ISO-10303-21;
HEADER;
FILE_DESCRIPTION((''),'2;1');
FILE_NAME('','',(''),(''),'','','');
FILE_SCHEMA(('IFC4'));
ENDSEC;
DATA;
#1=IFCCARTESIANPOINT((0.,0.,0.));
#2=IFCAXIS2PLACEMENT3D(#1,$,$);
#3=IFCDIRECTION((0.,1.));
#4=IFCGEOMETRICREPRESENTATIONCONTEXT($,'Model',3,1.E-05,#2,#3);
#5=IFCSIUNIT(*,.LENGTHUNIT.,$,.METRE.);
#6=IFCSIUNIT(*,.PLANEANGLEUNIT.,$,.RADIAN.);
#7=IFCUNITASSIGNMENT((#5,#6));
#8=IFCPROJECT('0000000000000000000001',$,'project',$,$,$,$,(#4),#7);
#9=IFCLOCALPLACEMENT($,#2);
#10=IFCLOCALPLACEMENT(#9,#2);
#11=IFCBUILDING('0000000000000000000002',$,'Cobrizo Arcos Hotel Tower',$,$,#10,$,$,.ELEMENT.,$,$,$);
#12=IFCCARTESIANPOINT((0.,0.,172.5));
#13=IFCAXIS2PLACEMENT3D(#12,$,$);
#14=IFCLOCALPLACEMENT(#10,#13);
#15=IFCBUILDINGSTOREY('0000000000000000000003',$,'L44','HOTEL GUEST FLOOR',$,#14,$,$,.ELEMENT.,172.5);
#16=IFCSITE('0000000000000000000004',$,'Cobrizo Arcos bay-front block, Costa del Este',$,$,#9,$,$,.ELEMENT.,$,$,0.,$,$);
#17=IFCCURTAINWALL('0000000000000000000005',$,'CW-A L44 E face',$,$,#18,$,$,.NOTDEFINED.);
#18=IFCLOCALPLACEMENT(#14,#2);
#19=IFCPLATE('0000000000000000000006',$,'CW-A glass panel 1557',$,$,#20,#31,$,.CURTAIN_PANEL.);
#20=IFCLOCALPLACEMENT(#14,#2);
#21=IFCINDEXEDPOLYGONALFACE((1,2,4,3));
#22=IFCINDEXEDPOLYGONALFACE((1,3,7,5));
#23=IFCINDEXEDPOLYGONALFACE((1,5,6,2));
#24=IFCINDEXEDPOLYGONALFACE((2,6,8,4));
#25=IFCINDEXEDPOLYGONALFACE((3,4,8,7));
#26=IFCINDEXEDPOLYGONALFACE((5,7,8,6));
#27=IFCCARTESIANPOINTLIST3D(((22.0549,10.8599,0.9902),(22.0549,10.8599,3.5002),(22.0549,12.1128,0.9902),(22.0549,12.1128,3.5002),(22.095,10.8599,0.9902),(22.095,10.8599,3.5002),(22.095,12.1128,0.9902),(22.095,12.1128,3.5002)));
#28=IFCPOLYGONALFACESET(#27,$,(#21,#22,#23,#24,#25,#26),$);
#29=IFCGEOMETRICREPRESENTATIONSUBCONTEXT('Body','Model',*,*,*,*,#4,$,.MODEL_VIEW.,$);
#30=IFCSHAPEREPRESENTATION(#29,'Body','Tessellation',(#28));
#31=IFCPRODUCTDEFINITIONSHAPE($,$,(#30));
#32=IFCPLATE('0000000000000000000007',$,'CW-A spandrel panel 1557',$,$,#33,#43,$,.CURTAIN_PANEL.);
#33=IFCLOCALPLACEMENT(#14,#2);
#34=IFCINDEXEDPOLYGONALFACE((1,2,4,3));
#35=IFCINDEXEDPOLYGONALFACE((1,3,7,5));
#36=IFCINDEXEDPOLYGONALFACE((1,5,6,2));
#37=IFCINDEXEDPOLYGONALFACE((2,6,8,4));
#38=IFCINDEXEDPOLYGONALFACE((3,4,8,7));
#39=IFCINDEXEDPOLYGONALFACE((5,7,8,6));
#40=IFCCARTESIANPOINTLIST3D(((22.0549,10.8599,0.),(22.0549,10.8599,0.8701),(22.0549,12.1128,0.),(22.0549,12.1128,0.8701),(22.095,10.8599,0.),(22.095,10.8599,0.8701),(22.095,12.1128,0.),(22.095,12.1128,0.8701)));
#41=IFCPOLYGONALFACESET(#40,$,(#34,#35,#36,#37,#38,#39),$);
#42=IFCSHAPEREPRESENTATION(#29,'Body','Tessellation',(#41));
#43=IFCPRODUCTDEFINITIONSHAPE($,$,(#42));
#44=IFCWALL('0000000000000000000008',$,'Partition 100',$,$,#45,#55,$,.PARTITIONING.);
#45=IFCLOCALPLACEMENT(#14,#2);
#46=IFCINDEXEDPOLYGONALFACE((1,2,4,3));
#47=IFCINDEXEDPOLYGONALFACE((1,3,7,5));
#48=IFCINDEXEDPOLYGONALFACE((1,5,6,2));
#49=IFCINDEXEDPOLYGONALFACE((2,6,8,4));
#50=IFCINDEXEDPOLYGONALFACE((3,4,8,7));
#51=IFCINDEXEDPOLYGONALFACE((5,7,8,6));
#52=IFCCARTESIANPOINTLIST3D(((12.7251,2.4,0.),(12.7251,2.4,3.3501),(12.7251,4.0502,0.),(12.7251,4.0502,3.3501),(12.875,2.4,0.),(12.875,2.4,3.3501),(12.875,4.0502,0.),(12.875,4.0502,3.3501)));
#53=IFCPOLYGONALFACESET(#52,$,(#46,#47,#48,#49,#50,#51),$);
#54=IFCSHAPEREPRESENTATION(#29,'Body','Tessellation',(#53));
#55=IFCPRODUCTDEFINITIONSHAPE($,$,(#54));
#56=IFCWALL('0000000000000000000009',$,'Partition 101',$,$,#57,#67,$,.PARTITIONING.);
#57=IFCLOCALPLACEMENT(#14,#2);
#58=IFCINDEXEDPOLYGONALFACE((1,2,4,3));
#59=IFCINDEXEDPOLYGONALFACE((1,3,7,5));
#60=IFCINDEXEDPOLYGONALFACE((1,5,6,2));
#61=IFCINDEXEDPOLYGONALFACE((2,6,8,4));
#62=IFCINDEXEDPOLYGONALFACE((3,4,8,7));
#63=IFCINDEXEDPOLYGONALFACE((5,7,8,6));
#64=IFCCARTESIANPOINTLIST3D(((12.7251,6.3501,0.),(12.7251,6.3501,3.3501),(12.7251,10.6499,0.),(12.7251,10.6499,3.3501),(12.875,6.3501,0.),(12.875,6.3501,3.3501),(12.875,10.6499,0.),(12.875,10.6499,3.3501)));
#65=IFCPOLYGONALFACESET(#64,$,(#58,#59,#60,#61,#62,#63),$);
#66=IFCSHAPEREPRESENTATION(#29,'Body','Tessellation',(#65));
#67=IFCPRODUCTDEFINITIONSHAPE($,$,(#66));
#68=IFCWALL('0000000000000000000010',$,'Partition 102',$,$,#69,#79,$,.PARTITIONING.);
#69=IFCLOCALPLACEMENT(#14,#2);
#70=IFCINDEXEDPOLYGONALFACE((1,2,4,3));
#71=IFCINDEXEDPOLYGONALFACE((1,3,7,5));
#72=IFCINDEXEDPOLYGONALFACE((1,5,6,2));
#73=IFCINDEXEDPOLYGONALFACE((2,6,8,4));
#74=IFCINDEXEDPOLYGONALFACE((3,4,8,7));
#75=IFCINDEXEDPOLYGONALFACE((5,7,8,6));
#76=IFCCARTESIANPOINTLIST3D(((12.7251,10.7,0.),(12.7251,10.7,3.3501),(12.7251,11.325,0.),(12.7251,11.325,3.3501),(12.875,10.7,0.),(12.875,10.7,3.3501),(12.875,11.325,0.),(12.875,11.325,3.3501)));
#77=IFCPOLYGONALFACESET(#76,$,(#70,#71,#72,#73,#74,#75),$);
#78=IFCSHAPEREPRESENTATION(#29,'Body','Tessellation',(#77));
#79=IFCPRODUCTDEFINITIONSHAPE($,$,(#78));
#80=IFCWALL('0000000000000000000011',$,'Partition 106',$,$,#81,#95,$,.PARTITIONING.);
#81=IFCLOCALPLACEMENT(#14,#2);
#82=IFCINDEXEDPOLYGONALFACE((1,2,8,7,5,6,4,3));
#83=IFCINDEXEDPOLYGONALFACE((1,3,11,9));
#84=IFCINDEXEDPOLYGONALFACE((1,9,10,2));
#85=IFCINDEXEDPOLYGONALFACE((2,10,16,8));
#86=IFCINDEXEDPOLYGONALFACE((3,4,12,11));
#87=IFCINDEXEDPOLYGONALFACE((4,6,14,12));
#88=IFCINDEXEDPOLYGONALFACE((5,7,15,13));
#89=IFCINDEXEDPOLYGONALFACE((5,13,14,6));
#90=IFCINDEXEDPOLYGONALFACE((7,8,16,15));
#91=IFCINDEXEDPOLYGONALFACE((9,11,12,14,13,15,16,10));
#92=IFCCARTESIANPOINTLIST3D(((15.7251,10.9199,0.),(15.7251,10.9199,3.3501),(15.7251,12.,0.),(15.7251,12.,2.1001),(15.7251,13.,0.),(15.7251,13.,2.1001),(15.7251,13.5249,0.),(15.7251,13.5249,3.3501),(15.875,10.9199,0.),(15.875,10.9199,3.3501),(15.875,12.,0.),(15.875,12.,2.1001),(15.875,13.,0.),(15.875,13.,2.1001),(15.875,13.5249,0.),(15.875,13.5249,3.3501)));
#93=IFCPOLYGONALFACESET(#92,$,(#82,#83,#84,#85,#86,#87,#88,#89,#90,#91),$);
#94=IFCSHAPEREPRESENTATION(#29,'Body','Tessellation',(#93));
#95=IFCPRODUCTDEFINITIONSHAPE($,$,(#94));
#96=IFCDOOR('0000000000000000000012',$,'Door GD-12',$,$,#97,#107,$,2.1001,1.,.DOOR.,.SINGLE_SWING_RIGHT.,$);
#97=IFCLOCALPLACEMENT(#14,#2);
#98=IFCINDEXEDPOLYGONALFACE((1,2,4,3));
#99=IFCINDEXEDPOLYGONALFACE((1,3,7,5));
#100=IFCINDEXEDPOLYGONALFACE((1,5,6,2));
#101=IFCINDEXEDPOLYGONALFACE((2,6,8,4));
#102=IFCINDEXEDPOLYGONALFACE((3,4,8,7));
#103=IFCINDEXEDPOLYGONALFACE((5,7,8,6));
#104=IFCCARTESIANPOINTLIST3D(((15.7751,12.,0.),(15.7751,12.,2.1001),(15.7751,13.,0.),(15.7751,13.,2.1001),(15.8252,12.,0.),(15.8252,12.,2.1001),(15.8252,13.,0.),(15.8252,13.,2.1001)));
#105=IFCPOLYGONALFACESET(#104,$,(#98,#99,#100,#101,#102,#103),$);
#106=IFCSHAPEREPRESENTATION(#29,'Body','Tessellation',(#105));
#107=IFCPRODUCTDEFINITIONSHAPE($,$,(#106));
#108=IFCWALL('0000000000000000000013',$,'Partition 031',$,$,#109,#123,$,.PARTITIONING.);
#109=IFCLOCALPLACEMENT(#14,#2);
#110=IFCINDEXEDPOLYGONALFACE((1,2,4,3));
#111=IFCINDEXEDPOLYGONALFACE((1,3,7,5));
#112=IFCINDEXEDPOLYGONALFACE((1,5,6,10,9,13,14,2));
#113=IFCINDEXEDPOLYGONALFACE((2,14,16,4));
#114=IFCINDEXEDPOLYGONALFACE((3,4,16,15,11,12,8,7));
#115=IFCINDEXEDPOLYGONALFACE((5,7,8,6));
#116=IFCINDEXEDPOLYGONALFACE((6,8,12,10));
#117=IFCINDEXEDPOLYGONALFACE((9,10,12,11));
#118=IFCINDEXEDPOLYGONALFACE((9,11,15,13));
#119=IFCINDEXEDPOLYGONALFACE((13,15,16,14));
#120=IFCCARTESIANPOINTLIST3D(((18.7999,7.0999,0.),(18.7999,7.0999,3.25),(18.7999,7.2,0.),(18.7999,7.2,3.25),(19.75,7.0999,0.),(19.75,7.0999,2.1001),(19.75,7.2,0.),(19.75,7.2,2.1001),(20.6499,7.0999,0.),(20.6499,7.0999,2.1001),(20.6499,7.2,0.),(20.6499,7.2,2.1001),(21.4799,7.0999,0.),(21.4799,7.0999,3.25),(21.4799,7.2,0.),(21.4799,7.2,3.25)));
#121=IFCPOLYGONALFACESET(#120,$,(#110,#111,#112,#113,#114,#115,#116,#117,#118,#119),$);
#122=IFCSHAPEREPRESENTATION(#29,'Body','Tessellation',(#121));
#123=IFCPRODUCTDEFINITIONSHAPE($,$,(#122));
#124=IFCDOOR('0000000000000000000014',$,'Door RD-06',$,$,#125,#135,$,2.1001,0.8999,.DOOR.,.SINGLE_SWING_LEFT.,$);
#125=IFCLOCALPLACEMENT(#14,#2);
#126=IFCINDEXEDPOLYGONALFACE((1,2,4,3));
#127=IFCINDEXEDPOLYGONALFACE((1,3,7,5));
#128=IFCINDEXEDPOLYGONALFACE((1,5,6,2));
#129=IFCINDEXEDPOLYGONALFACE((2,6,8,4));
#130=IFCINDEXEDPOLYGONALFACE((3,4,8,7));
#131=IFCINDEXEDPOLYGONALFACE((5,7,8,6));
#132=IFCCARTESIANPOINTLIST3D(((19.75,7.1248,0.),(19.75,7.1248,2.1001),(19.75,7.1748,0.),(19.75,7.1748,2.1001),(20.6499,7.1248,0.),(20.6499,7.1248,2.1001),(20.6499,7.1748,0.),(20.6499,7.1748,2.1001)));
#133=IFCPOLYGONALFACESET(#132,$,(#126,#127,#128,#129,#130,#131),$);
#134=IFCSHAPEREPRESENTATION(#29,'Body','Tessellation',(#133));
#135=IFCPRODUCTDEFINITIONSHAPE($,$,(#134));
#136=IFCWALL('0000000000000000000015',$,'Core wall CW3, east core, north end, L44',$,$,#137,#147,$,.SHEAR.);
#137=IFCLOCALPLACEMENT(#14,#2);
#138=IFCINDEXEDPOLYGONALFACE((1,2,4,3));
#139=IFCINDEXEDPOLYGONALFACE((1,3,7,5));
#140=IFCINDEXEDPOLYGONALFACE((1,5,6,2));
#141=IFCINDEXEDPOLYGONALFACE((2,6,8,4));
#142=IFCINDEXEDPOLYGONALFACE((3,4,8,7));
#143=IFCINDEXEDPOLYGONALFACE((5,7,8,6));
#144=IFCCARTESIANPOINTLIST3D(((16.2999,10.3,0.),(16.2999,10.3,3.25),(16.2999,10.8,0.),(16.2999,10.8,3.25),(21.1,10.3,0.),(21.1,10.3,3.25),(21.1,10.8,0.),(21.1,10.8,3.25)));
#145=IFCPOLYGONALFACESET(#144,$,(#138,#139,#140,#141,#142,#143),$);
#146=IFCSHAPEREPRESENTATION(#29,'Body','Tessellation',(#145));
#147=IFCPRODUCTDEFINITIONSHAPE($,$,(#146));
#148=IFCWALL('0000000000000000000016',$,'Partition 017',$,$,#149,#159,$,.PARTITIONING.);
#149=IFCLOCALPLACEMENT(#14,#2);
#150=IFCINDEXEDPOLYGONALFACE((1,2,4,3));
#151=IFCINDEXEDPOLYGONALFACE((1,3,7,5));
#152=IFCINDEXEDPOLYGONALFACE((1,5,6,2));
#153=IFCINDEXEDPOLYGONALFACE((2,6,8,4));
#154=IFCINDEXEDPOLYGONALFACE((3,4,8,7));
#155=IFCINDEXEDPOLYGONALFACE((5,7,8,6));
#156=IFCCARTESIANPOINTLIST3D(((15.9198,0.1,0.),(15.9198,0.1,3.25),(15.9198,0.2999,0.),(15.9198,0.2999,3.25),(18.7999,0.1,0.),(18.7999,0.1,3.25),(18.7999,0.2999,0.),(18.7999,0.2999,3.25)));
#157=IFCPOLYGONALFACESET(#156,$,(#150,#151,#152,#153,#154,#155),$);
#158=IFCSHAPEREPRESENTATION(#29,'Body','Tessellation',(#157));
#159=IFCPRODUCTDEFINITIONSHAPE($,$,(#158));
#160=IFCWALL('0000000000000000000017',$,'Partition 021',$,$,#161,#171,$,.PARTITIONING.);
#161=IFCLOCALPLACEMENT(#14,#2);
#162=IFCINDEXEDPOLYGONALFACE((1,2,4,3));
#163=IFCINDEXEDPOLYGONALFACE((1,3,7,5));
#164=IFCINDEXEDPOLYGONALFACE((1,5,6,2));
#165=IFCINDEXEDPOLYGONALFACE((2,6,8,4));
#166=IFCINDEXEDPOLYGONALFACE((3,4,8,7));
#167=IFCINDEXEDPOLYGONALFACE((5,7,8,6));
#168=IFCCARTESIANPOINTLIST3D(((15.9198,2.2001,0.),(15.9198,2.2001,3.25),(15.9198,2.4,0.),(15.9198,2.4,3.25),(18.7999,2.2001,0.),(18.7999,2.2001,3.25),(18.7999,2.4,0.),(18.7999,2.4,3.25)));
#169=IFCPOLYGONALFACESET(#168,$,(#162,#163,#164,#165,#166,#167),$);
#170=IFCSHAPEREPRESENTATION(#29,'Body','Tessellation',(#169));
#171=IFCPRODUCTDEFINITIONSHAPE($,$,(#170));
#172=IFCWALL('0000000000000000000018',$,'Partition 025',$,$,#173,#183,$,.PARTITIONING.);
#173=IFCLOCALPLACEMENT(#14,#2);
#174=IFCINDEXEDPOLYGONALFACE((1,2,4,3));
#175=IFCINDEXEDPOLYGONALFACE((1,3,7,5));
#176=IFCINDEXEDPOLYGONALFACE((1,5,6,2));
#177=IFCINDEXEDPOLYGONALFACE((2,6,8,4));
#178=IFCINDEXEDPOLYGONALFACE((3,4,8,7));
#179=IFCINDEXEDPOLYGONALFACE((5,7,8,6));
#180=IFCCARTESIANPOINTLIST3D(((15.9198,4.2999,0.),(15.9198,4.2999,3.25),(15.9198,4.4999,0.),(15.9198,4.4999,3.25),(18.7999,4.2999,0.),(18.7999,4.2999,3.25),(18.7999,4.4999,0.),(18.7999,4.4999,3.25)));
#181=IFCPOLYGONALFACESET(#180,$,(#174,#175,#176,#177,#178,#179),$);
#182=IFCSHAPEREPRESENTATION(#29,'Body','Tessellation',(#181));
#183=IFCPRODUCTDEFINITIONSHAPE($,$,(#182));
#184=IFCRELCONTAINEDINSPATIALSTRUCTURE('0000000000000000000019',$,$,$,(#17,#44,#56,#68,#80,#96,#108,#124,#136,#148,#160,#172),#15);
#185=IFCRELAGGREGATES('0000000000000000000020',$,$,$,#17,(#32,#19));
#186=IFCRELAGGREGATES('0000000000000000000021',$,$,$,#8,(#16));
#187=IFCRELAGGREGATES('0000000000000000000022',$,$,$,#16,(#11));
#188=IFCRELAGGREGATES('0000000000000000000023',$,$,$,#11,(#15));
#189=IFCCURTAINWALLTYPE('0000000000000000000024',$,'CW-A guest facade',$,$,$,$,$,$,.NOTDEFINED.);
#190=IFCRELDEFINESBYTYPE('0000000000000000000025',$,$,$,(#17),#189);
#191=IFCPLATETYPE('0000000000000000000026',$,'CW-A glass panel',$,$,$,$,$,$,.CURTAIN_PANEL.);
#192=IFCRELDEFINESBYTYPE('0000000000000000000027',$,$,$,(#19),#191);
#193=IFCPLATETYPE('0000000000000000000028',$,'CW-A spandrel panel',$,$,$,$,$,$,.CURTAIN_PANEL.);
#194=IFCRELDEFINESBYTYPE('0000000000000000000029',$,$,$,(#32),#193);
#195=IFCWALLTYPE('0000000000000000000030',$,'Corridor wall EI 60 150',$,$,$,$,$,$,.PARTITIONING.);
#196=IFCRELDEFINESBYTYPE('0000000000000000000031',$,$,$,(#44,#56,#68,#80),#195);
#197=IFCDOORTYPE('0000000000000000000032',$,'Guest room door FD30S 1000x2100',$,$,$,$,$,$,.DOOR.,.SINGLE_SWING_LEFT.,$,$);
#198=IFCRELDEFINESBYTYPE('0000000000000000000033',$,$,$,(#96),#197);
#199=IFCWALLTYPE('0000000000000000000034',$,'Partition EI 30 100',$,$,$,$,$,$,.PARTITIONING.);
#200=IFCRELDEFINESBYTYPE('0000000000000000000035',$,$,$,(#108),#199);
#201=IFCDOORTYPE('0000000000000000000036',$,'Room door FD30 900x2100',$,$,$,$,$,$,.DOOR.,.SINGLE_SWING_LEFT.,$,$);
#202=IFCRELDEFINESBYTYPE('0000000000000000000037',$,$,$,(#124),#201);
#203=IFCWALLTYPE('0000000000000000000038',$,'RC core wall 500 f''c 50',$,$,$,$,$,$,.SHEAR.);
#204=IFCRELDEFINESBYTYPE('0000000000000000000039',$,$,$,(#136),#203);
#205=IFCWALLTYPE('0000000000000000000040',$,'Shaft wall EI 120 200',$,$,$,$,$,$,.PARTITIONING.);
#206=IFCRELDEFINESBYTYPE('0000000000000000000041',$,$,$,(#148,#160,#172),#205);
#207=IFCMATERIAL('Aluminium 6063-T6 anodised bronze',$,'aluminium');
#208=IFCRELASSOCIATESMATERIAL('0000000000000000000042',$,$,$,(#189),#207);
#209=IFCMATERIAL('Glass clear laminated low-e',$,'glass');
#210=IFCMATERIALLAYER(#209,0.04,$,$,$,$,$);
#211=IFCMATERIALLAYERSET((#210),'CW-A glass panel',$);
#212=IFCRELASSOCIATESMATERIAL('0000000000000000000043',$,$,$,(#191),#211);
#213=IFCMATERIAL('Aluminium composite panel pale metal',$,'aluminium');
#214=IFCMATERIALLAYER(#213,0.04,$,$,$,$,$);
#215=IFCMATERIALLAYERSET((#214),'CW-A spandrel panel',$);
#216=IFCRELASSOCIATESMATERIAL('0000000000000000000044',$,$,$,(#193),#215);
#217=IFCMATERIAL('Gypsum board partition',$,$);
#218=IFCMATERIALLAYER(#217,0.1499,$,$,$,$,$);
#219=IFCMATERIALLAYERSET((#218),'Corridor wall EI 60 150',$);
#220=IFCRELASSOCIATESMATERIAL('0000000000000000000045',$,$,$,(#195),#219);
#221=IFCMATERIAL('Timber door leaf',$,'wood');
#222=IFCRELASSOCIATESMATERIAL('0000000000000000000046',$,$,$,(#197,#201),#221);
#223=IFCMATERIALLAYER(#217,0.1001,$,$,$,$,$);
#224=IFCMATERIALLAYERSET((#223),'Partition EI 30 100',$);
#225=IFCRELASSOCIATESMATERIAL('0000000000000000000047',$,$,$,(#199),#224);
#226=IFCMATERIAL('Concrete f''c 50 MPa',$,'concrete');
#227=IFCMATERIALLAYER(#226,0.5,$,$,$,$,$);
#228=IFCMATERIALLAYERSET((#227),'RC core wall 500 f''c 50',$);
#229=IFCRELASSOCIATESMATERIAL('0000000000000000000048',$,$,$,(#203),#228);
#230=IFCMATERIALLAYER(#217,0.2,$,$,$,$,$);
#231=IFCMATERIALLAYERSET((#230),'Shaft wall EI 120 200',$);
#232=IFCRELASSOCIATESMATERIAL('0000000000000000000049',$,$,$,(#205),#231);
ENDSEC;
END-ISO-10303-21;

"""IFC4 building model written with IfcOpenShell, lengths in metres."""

from ifc_helpers import new_model, si_unit, direction, frame, frame_2d, origin, origin_2d, place, context, subcontext, project, spatial, rectangle, extrude, material, layer, layer_set, type_object, element, fill, aggregate, save


model = new_model("IFC4")

# Units and contexts
model_context = context("Model", 3, precision=1e-05, world=origin(), true_north=direction((0.0, 1.0)))
body_context = subcontext(model_context, "Body", "Model", "MODEL_VIEW")
ifc_project = project(units=[si_unit("LENGTHUNIT", "METRE"), si_unit("PLANEANGLEUNIT", "RADIAN")], contexts=[model_context])

# Site, building, storey
site_placement = place(None, origin())
site = spatial("IfcSite", under=ifc_project, at=site_placement, Name="Cobrizo Arcos bay-front block, Costa del Este", CompositionType="ELEMENT", RefElevation=0.0)
building_placement = place(site_placement, origin())
building = spatial("IfcBuilding", under=site, at=building_placement, Name="Cobrizo Arcos Hotel Tower", CompositionType="ELEMENT")
storey_placement = place(building_placement, frame((0.0, 0.0, 172.5)))
storey = spatial("IfcBuildingStorey", under=building, at=storey_placement, Name="L44", Description="HOTEL GUEST FLOOR", CompositionType="ELEMENT", Elevation=172.5)

# Curtain wall
ifc_material_1 = material(Name="Aluminium 6063-T6 anodised bronze", Category="aluminium")
curtain_wall_type = type_object("IfcCurtainWallType", Name="CW-A guest facade", PredefinedType="NOTDEFINED", material=ifc_material_1)
curtain_wall_placement = place(storey_placement, origin())
curtain_wall = element("IfcCurtainWall", 1, at=curtain_wall_placement, inside=storey, type_object=curtain_wall_type, Name="CW-A L44 E face", PredefinedType="NOTDEFINED")

# Plates
ifc_material_2 = material(Name="Glass clear laminated low-e", Category="glass")
ifc_layer_1 = layer(ifc_material_2, 0.04)
ifc_layer_set_1 = layer_set([ifc_layer_1], Name="CW-A glass panel")
plate_type_1 = type_object("IfcPlateType", Name="CW-A glass panel", PredefinedType="CURTAIN_PANEL", material=ifc_layer_set_1)
plate_1_placement = place(storey_placement, frame((22.075, 11.4863, 0.9902), z_axis=(0.0, 0.0, 1.0), x_axis=(0.0, 1.0, 0.0)))
plate_1 = element("IfcPlate", 2, at=plate_1_placement, type_object=plate_type_1, Name="CW-A glass panel 1557", PredefinedType="CURTAIN_PANEL", context=body_context, shape_type="SweptSolid", body=[
    extrude(rectangle(XDim=1.2529, YDim=0.04, at=origin_2d()), origin(), (0.0, 0.0, 1.0), 2.51),
])
ifc_material_3 = material(Name="Aluminium composite panel pale metal", Category="aluminium")
ifc_layer_2 = layer(ifc_material_3, 0.04)
ifc_layer_set_2 = layer_set([ifc_layer_2], Name="CW-A spandrel panel")
plate_type_2 = type_object("IfcPlateType", Name="CW-A spandrel panel", PredefinedType="CURTAIN_PANEL", material=ifc_layer_set_2)
plate_2_placement = place(storey_placement, frame((22.075, 11.4863, 0.0), z_axis=(0.0, 0.0, 1.0), x_axis=(0.0, 1.0, 0.0)))
plate_2 = element("IfcPlate", 3, at=plate_2_placement, type_object=plate_type_2, Name="CW-A spandrel panel 1557", PredefinedType="CURTAIN_PANEL", context=body_context, shape_type="SweptSolid", body=[
    extrude(rectangle(XDim=1.2529, YDim=0.04, at=origin_2d()), origin(), (0.0, 0.0, 1.0), 0.8701),
])
aggregate(curtain_wall, [plate_2, plate_1])

# Walls
ifc_material_4 = material(Name="Gypsum board partition")
ifc_layer_3 = layer(ifc_material_4, 0.1499)
ifc_layer_set_3 = layer_set([ifc_layer_3], Name="Corridor wall EI 60 150")
wall_type_1 = type_object("IfcWallType", Name="Corridor wall EI 60 150", PredefinedType="PARTITIONING", material=ifc_layer_set_3)
wall_1_placement = place(storey_placement, frame((12.8, 2.3999, 0.0), z_axis=(0.0, 0.0, 1.0), x_axis=(0.0, 1.0, 0.0)))
element("IfcWall", 4, at=wall_1_placement, inside=storey, type_object=wall_type_1, Name="Partition 100", PredefinedType="PARTITIONING", context=body_context, shape_type="SweptSolid", body=[
    extrude(rectangle(XDim=1.6501, YDim=0.1499, at=frame_2d((0.8252, 0.0))), origin(), (0.0, 0.0, 1.0), 3.3501),
])
wall_2_placement = place(storey_placement, frame((12.8, 6.3501, 0.0), z_axis=(0.0, 0.0, 1.0), x_axis=(0.0, 1.0, 0.0)))
element("IfcWall", 5, at=wall_2_placement, inside=storey, type_object=wall_type_1, Name="Partition 101", PredefinedType="PARTITIONING", context=body_context, shape_type="SweptSolid", body=[
    extrude(rectangle(XDim=4.2998, YDim=0.1499, at=frame_2d((2.1499, 0.0))), origin(), (0.0, 0.0, 1.0), 3.3501),
])
wall_3_placement = place(storey_placement, frame((12.8, 10.7, 0.0), z_axis=(0.0, 0.0, 1.0), x_axis=(0.0, 1.0, 0.0)))
element("IfcWall", 6, at=wall_3_placement, inside=storey, type_object=wall_type_1, Name="Partition 102", PredefinedType="PARTITIONING", context=body_context, shape_type="SweptSolid", body=[
    extrude(rectangle(XDim=0.625, YDim=0.1499, at=frame_2d((0.3125, 0.0))), origin(), (0.0, 0.0, 1.0), 3.3501),
])

# Walls, openings, doors
wall_4_placement = place(storey_placement, frame((15.8, 10.9199, 0.0), z_axis=(0.0, 0.0, 1.0), x_axis=(0.0, 1.0, 0.0)))
wall_4 = element("IfcWall", 7, at=wall_4_placement, inside=storey, type_object=wall_type_1, Name="Partition 106", PredefinedType="PARTITIONING", context=body_context, shape_type="SweptSolid", body=[
    extrude(rectangle(XDim=2.605, YDim=0.1499, at=frame_2d((1.3025, 0.0))), origin(), (0.0, 0.0, 1.0), 3.3501),
])
opening_1_placement = place(wall_4_placement, frame((1.0801, 0.0, 0.0)))
opening_1 = element("IfcOpeningElement", 8, at=opening_1_placement, cuts=wall_4, PredefinedType="OPENING", context=body_context, shape_type="SweptSolid", body=[
    extrude(rectangle(XDim=1.0, YDim=2.1001, at=frame_2d((0.5, 1.05))), frame((0.0, 0.0869, 0.0), z_axis=(0.0, -1.0, 0.0), x_axis=(1.0, 0.0, 0.0)), (0.0, 0.0, 1.0), 0.1738),
])
ifc_material_5 = material(Name="Timber door leaf", Category="wood")
door_type_1 = type_object("IfcDoorType", Name="Guest room door FD30S 1000x2100", OperationType="SINGLE_SWING_LEFT", PredefinedType="DOOR", material=ifc_material_5)
door_1_placement = place(opening_1_placement, origin())
door_1 = element("IfcDoor", 9, at=door_1_placement, inside=storey, type_object=door_type_1, Name="Door GD-12", OperationType="SINGLE_SWING_RIGHT", OverallHeight=2.1001, OverallWidth=1.0, PredefinedType="DOOR", context=body_context, shape_type="SweptSolid", body=[
    extrude(rectangle(XDim=1.0, YDim=2.1001, at=frame_2d((0.5, 1.05))), frame((0.0, 0.0249, 0.0), z_axis=(0.0, -1.0, 0.0), x_axis=(1.0, 0.0, 0.0)), (0.0, 0.0, 1.0), 0.05),
])
fill(opening_1, door_1)
ifc_layer_4 = layer(ifc_material_4, 0.1001)
ifc_layer_set_4 = layer_set([ifc_layer_4], Name="Partition EI 30 100")
wall_type_2 = type_object("IfcWallType", Name="Partition EI 30 100", PredefinedType="PARTITIONING", material=ifc_layer_set_4)
wall_5_placement = place(storey_placement, frame((18.8, 7.1499, 0.0), z_axis=(0.0, 0.0, 1.0), x_axis=(1.0, 0.0, 0.0)))
wall_5 = element("IfcWall", 10, at=wall_5_placement, inside=storey, type_object=wall_type_2, Name="Partition 031", PredefinedType="PARTITIONING", context=body_context, shape_type="SweptSolid", body=[
    extrude(rectangle(XDim=2.6799, YDim=0.1001, at=frame_2d((1.3398, 0.0))), origin(), (0.0, 0.0, 1.0), 3.25),
])
opening_2_placement = place(wall_5_placement, frame((0.95, 0.0, 0.0)))
opening_2 = element("IfcOpeningElement", 11, at=opening_2_placement, cuts=wall_5, PredefinedType="OPENING", context=body_context, shape_type="SweptSolid", body=[
    extrude(rectangle(XDim=0.8999, YDim=2.1001, at=frame_2d((0.45, 1.05))), frame((0.0, 0.062, 0.0), z_axis=(0.0, -1.0, 0.0), x_axis=(1.0, 0.0, 0.0)), (0.0, 0.0, 1.0), 0.124),
])
door_type_2 = type_object("IfcDoorType", Name="Room door FD30 900x2100", OperationType="SINGLE_SWING_LEFT", PredefinedType="DOOR", material=ifc_material_5)
door_2_placement = place(opening_2_placement, origin())
door_2 = element("IfcDoor", 12, at=door_2_placement, inside=storey, type_object=door_type_2, Name="Door RD-06", OperationType="SINGLE_SWING_LEFT", OverallHeight=2.1001, OverallWidth=0.8999, PredefinedType="DOOR", context=body_context, shape_type="SweptSolid", body=[
    extrude(rectangle(XDim=0.8999, YDim=2.1001, at=frame_2d((0.45, 1.05))), frame((0.0, 0.0249, 0.0), z_axis=(0.0, -1.0, 0.0), x_axis=(1.0, 0.0, 0.0)), (0.0, 0.0, 1.0), 0.05),
])
fill(opening_2, door_2)

# Walls
ifc_material_6 = material(Name="Concrete f'c 50 MPa", Category="concrete")
ifc_layer_5 = layer(ifc_material_6, 0.5)
ifc_layer_set_5 = layer_set([ifc_layer_5], Name="RC core wall 500 f'c 50")
wall_type_3 = type_object("IfcWallType", Name="RC core wall 500 f'c 50", PredefinedType="SHEAR", material=ifc_layer_set_5)
wall_6_placement = place(storey_placement, frame((16.3, 10.55, 0.0), z_axis=(0.0, 0.0, 1.0), x_axis=(1.0, 0.0, 0.0)))
element("IfcWall", 13, at=wall_6_placement, inside=storey, type_object=wall_type_3, Name="Core wall CW3, east core, north end, L44", PredefinedType="SHEAR", context=body_context, shape_type="SweptSolid", body=[
    extrude(rectangle(XDim=4.8, YDim=0.5, at=frame_2d((2.3999, 0.0))), origin(), (0.0, 0.0, 1.0), 3.25),
])
ifc_layer_6 = layer(ifc_material_4, 0.2)
ifc_layer_set_6 = layer_set([ifc_layer_6], Name="Shaft wall EI 120 200")
wall_type_4 = type_object("IfcWallType", Name="Shaft wall EI 120 200", PredefinedType="PARTITIONING", material=ifc_layer_set_6)
for number, where, z_axis, x_axis, name in (
    (14, (15.9199, 0.2, 0.0), (0.0, 0.0, 1.0), (1.0, 0.0, 0.0), "Partition 017"),
    (15, (15.9199, 2.3, 0.0), (0.0, 0.0, 1.0), (1.0, 0.0, 0.0), "Partition 021"),
    (16, (15.9199, 4.3999, 0.0), (0.0, 0.0, 1.0), (1.0, 0.0, 0.0), "Partition 025"),
):
    element("IfcWall", number, at=place(storey_placement, frame(where, z_axis=z_axis, x_axis=x_axis)), inside=storey, type_object=wall_type_4, Name=name, PredefinedType="PARTITIONING", context=body_context, shape_type="SweptSolid", body=[
        extrude(rectangle(XDim=2.8801, YDim=0.2, at=frame_2d((1.4399, 0.0))), origin(), (0.0, 0.0, 1.0), 3.25),
    ])

save(model, "model.ifc")
